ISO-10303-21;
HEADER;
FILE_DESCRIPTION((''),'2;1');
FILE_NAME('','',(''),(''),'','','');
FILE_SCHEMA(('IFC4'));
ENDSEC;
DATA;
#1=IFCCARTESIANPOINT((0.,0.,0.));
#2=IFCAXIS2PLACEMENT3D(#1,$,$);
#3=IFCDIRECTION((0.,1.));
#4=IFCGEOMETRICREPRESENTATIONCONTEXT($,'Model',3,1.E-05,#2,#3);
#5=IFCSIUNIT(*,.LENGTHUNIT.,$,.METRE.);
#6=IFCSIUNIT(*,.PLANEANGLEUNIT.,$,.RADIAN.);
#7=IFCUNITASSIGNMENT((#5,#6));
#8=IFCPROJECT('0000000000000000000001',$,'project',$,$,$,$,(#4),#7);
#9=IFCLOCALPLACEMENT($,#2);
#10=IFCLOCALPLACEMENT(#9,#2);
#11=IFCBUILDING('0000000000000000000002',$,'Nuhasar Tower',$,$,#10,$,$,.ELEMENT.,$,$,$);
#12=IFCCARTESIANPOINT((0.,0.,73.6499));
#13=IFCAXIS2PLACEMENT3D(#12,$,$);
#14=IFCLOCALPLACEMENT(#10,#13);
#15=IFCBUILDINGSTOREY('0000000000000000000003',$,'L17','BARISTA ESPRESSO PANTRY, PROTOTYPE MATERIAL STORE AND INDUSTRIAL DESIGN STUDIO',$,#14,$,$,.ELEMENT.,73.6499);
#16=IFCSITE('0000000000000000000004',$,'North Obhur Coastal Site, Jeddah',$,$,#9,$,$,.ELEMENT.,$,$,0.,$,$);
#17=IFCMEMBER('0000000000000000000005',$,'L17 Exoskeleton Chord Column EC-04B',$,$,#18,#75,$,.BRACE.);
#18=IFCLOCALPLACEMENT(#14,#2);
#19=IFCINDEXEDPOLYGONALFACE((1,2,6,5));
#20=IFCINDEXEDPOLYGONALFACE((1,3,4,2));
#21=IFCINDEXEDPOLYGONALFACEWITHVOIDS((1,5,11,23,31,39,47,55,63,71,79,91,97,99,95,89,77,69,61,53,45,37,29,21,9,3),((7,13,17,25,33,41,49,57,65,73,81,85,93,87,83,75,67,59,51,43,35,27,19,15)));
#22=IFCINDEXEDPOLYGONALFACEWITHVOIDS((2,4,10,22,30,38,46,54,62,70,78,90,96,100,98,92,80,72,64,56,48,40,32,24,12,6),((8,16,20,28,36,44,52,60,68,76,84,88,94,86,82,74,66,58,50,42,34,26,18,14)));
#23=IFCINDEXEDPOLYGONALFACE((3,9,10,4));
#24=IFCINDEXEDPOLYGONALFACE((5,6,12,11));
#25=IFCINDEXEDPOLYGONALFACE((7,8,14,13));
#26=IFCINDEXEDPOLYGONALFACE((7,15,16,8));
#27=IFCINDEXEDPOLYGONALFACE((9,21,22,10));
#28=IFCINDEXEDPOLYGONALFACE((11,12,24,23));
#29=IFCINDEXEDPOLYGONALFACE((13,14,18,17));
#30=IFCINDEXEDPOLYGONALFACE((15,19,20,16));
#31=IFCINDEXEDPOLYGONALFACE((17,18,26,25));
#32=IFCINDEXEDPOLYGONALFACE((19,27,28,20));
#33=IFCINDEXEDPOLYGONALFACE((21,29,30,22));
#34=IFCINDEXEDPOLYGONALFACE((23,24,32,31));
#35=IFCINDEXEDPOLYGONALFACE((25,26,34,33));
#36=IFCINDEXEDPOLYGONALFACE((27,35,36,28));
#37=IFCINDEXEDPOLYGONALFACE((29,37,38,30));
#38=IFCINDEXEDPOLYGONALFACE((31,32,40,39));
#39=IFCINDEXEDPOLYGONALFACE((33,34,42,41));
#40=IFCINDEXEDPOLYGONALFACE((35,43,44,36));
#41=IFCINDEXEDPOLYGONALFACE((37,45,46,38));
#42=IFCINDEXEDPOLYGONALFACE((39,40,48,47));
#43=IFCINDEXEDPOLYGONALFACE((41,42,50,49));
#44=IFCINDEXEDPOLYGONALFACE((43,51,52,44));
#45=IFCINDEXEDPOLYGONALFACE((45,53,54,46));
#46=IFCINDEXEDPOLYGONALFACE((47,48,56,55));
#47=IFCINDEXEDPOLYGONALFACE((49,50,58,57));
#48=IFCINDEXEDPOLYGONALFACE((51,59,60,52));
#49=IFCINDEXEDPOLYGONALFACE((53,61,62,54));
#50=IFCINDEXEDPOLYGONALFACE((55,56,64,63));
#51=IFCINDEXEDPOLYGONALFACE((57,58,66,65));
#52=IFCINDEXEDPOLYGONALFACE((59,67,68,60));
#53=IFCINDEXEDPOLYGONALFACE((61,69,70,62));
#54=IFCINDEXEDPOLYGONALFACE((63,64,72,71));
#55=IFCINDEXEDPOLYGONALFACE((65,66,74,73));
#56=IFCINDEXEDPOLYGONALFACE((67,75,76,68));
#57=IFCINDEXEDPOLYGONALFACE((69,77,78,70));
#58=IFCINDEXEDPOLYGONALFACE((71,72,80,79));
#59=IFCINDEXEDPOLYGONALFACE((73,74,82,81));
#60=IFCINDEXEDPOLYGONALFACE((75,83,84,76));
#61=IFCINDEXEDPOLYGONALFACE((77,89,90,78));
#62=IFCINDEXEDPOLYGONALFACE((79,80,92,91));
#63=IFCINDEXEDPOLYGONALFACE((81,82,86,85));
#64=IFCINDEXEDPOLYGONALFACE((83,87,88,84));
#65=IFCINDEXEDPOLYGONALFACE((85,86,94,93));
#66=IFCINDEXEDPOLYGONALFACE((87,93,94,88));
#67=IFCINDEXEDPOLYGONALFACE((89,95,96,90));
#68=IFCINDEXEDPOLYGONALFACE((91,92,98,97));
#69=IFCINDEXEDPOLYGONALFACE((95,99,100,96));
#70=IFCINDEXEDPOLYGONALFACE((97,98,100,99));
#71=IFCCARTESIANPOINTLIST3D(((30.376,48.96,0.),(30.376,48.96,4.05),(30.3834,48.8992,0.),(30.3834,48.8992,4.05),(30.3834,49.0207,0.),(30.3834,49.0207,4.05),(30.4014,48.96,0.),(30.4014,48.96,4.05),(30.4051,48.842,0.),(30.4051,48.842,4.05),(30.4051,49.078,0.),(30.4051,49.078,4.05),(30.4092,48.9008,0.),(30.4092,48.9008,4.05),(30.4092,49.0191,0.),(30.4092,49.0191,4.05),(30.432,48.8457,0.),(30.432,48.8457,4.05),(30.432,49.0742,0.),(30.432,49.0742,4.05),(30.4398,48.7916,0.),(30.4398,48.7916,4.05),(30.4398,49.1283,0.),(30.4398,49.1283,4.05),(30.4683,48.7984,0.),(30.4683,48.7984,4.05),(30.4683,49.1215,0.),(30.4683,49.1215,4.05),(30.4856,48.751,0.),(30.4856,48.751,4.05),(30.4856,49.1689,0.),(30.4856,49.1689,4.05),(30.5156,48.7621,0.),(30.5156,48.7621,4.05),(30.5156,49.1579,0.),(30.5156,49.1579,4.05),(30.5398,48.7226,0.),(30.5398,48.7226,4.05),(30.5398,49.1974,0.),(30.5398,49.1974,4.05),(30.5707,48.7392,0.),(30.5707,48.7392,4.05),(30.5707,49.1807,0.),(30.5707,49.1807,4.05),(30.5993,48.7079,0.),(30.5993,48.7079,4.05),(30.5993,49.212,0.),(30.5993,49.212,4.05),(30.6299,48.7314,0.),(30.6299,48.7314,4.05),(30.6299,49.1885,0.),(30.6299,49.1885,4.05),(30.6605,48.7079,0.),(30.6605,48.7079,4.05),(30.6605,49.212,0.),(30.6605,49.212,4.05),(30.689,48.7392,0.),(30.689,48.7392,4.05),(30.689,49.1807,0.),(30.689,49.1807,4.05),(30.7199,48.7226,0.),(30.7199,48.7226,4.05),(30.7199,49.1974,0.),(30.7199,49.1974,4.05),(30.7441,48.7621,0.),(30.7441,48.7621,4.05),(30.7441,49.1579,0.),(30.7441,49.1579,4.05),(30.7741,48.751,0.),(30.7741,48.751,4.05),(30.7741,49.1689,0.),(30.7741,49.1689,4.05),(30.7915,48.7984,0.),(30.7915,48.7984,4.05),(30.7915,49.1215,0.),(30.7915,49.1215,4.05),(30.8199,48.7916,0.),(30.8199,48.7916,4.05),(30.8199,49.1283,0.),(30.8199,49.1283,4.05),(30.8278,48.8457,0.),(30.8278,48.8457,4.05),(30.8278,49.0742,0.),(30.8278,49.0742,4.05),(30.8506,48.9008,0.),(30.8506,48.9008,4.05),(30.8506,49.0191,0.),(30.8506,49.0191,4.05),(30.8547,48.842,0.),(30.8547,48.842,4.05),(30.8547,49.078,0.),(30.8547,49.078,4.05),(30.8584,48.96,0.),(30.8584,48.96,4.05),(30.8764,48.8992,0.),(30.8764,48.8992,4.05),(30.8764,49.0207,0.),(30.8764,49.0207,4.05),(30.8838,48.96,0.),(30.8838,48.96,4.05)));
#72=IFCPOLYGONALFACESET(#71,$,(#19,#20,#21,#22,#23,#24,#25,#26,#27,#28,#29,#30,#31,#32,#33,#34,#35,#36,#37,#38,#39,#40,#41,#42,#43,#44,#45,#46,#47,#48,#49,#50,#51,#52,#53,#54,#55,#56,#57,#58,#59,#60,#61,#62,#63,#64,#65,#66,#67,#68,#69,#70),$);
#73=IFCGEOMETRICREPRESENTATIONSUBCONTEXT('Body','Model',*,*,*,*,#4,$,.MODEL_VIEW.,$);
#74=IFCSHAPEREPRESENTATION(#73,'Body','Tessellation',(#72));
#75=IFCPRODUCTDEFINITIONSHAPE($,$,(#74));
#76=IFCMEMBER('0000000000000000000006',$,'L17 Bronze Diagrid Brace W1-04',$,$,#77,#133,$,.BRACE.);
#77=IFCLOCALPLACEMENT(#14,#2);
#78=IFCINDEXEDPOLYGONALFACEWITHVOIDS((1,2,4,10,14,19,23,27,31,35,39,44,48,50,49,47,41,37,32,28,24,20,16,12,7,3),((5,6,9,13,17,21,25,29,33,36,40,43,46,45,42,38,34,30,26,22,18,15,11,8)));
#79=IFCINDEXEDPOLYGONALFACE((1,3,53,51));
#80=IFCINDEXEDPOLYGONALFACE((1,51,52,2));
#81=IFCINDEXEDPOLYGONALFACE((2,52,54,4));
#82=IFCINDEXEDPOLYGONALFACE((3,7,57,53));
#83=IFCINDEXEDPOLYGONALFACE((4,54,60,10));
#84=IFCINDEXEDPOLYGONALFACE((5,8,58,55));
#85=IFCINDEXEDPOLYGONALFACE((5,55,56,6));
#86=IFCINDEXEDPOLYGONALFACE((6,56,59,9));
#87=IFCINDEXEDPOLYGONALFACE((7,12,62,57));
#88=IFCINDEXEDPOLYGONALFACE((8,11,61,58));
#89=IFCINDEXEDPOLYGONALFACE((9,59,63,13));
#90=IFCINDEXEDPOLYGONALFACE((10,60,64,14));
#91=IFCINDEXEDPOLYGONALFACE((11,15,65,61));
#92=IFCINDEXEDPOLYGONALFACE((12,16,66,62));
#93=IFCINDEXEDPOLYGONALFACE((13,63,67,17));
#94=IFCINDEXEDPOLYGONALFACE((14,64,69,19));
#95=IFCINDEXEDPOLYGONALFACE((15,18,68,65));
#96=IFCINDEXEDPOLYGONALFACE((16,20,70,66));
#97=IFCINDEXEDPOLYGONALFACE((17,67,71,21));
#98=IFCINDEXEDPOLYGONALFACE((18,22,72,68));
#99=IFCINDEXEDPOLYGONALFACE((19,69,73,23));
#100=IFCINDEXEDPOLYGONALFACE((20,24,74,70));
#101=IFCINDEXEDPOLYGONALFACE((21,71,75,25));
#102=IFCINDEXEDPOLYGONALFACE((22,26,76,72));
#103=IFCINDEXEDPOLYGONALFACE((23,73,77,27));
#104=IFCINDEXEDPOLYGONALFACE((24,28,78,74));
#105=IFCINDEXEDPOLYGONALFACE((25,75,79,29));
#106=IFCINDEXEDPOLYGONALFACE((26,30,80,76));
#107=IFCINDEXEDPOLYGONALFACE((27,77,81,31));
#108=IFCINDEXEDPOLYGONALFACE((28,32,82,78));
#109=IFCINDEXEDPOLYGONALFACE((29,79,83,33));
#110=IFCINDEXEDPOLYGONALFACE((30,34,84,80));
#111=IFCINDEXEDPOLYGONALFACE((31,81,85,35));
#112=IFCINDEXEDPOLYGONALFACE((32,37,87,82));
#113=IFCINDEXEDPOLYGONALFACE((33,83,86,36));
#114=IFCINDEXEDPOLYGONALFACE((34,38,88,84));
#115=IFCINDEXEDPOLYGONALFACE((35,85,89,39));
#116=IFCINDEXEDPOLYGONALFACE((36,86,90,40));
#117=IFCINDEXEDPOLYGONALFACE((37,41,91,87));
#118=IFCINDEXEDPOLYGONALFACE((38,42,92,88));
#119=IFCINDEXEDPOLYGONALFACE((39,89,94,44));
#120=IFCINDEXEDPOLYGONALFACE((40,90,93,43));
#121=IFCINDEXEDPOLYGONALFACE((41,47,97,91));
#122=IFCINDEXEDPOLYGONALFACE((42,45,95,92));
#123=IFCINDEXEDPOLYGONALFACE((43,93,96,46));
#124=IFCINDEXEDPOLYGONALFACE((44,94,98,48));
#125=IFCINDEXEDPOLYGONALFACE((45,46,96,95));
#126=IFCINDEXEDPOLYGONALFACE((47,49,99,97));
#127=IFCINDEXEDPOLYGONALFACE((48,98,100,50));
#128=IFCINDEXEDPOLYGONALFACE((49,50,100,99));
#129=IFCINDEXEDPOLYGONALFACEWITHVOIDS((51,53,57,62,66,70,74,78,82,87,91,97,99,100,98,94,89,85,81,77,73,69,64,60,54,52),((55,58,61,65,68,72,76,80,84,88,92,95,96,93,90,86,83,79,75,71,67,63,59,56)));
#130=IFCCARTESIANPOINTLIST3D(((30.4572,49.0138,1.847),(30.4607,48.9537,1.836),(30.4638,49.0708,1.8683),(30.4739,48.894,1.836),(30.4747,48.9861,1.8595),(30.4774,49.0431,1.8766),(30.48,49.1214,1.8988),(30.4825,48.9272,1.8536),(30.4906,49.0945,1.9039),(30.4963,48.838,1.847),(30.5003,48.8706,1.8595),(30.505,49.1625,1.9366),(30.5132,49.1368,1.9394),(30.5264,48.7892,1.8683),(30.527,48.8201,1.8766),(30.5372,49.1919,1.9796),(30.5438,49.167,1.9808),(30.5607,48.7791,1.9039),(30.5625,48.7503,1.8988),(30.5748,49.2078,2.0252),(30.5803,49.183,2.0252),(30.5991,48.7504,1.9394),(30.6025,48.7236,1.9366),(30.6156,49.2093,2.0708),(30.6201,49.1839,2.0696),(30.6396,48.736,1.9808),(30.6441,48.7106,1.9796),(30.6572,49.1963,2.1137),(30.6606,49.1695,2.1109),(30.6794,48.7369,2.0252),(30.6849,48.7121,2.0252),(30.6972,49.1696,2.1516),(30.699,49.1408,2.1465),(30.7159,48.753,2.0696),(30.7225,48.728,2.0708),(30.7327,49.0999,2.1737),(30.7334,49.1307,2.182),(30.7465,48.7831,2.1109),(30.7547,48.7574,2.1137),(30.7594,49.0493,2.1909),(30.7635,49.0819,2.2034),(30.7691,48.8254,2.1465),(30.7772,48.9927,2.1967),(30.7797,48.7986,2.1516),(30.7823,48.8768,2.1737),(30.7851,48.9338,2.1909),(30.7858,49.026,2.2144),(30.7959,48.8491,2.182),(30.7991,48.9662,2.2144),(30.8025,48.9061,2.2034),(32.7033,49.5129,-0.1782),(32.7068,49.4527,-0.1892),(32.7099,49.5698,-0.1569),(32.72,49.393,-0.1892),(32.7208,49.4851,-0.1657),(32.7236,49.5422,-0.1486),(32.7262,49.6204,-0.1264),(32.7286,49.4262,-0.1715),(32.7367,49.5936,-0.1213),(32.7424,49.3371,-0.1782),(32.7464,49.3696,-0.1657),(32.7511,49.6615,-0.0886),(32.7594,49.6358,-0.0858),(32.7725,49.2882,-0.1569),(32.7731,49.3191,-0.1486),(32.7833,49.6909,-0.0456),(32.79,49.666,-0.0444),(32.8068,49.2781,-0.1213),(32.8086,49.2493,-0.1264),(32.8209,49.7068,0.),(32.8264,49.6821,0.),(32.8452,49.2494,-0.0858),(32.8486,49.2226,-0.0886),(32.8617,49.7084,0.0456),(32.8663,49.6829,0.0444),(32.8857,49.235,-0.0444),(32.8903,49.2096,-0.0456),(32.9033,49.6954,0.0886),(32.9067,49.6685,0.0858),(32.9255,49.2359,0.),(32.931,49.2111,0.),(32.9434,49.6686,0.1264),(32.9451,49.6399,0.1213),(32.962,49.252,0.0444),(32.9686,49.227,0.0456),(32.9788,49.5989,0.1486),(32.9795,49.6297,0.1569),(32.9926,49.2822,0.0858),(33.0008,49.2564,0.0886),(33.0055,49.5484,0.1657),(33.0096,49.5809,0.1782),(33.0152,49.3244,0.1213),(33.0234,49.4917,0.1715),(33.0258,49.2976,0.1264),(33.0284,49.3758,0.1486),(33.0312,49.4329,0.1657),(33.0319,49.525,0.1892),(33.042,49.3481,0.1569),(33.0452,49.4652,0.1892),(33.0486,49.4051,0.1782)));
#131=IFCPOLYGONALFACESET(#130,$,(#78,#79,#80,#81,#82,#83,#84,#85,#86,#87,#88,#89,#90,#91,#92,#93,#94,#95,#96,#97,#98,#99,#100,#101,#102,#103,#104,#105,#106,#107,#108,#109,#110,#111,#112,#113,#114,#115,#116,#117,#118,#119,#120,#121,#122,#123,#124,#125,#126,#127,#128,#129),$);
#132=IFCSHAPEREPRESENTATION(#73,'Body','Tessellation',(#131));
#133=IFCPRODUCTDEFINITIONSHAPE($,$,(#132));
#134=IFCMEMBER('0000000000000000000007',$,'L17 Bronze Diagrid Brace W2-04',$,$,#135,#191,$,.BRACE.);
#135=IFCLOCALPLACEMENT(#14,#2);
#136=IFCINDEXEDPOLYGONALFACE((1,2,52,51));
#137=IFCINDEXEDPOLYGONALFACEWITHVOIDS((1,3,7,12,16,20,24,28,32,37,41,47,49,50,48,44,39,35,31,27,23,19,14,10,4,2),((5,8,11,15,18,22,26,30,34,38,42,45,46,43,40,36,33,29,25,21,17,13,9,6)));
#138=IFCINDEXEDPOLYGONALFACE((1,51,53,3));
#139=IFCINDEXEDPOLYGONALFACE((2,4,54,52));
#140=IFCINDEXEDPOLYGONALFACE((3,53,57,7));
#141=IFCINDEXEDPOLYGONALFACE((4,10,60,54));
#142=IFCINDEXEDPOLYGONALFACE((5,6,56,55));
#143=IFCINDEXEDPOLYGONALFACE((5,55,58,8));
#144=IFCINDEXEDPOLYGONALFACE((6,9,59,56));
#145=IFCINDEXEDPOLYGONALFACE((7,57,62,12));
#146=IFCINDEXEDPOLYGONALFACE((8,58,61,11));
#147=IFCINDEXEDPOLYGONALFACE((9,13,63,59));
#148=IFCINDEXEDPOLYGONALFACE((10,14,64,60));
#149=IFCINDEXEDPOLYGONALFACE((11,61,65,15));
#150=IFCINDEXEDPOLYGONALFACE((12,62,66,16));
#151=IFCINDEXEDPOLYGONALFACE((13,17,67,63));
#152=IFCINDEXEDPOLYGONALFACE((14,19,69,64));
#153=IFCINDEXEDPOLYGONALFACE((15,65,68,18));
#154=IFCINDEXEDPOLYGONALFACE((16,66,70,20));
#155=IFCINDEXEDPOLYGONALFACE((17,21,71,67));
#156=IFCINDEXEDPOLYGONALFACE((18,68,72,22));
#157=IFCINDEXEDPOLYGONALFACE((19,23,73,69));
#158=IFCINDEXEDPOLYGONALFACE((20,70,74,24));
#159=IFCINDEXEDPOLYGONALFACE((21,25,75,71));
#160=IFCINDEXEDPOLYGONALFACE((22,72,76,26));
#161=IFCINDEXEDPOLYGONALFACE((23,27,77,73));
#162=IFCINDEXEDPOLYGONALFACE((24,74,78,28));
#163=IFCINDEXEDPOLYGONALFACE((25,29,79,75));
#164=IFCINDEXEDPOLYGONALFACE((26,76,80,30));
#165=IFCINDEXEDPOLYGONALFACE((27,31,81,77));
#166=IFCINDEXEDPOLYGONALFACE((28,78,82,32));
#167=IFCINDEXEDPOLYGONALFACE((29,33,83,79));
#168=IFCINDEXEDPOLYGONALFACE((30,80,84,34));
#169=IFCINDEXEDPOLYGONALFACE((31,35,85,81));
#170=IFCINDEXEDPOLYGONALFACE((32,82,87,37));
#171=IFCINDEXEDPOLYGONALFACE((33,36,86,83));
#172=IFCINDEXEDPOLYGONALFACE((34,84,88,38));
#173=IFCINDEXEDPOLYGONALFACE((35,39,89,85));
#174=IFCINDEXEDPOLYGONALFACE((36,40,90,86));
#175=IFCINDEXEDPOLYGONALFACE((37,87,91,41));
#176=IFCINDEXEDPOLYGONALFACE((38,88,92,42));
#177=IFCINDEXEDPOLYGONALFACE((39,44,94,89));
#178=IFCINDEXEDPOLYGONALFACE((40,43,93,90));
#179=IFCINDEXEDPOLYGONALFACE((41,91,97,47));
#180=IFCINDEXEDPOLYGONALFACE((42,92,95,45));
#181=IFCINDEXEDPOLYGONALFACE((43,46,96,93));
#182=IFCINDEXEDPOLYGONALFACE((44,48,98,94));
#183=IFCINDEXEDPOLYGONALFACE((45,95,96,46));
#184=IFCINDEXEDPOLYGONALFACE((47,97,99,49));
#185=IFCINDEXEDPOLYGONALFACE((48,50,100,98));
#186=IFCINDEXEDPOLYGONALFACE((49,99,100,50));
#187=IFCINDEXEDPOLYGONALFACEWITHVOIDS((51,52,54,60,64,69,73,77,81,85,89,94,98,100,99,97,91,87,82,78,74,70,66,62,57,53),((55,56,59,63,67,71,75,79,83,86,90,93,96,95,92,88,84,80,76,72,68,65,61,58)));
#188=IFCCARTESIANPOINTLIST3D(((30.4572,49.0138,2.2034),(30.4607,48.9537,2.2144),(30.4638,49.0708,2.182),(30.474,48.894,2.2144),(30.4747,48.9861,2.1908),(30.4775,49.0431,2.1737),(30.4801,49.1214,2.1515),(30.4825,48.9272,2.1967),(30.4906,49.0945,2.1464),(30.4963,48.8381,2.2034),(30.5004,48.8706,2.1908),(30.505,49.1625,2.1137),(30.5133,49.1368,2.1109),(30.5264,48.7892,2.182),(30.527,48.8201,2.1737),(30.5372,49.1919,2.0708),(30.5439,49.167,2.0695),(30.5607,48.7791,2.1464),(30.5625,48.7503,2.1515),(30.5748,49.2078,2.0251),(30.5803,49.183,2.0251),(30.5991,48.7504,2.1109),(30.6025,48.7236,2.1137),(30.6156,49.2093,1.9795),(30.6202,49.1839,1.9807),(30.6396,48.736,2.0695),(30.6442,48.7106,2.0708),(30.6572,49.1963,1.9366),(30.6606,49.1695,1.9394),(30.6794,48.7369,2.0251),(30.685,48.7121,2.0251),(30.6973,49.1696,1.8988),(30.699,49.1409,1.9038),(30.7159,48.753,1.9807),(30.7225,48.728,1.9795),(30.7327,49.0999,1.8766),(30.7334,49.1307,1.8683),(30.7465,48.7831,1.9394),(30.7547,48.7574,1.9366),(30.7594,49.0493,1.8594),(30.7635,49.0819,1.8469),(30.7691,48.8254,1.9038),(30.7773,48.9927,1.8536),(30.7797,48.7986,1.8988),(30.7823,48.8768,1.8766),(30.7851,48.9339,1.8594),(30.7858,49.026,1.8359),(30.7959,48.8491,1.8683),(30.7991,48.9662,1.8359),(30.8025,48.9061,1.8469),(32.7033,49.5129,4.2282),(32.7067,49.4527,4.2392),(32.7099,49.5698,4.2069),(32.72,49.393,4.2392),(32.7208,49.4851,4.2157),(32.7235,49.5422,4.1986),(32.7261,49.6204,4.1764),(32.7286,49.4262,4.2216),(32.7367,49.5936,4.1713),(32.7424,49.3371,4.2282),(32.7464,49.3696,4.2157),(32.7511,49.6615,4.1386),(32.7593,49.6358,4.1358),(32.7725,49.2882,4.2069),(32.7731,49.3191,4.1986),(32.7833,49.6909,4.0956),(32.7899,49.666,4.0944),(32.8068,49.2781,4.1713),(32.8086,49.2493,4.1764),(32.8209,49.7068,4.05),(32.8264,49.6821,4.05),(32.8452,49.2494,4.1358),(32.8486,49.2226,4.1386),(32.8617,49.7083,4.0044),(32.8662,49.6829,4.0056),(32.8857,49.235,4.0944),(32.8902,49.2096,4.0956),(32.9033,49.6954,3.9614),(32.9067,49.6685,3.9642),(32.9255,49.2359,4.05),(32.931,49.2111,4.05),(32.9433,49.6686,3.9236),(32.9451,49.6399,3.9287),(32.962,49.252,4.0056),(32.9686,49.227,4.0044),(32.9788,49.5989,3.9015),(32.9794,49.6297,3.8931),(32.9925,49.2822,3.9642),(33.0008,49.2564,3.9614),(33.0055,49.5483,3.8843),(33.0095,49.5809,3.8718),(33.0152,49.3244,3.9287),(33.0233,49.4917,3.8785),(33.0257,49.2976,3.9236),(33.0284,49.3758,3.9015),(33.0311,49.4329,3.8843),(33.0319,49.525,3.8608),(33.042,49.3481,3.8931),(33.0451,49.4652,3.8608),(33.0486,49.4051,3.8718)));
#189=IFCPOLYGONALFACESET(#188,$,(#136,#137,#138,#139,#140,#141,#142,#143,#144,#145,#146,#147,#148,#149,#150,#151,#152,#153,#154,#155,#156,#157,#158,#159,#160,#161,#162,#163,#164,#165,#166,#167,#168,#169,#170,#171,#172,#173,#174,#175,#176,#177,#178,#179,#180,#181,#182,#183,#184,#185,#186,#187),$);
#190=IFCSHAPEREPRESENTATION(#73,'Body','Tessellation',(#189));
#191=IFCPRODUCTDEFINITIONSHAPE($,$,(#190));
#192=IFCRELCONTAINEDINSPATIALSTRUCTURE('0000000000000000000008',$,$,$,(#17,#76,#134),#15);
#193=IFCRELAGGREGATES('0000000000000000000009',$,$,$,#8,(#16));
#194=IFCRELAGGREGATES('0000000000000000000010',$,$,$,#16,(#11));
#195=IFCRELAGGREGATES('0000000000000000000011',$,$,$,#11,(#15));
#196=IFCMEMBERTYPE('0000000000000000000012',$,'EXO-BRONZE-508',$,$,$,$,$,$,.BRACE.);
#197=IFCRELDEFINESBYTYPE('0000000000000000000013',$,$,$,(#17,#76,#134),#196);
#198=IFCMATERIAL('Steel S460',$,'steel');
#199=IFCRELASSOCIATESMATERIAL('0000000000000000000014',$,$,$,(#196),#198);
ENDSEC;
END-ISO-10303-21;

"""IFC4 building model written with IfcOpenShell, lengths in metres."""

from ifc_helpers import new_model, si_unit, direction, frame, origin, origin_2d, place, context, subcontext, project, spatial, hollow_circle, extrude, material, material_profile, profile_set, type_object, element, save


model = new_model("IFC4")

# Units and contexts
model_context = context("Model", 3, precision=1e-05, world=origin(), true_north=direction((0.0, 1.0)))
body_context = subcontext(model_context, "Body", "Model", "MODEL_VIEW")
ifc_project = project(units=[si_unit("LENGTHUNIT", "METRE"), si_unit("PLANEANGLEUNIT", "RADIAN")], contexts=[model_context])

# Site, building, storey
site_placement = place(None, origin())
site = spatial("IfcSite", under=ifc_project, at=site_placement, Name="North Obhur Coastal Site, Jeddah", CompositionType="ELEMENT", RefElevation=0.0)
building_placement = place(site_placement, origin())
building = spatial("IfcBuilding", under=site, at=building_placement, Name="Nuhasar Tower", CompositionType="ELEMENT")
storey_placement = place(building_placement, frame((0.0, 0.0, 73.6499)))
storey = spatial("IfcBuildingStorey", under=building, at=storey_placement, Name="L17", Description="BARISTA ESPRESSO PANTRY, PROTOTYPE MATERIAL STORE AND INDUSTRIAL DESIGN STUDIO", CompositionType="ELEMENT", Elevation=73.6499)

# Members
ifc_material_1 = material(Name="Steel S460", Category="steel")
ifc_material_profile_1 = material_profile(ifc_material_1, hollow_circle(Radius=0.2539, WallThickness=0.0254, at=origin_2d()), Name="HSS508X25.4")
ifc_profile_set_1 = profile_set([ifc_material_profile_1], Name="Steel S460")
member_type_1 = type_object("IfcMemberType", Name="EXO-BRONZE-508", PredefinedType="BRACE", material=ifc_profile_set_1)
for number, where, z_axis, x_axis, name in (
    (1, (30.6299, 48.96, 0.0), (0.0, 0.0, 1.0), (1.0, 0.0, 0.0), "L17 Exoskeleton Chord Column EC-04B"),
):
    element("IfcMember", number, at=place(storey_placement, frame(where, z_axis=z_axis, x_axis=x_axis)), inside=storey, type_object=member_type_1, Name=name, PredefinedType="BRACE", context=body_context, shape_type="SweptSolid", body=[
        extrude(hollow_circle(Radius=0.2539, WallThickness=0.0254, at=origin_2d()), origin(), (0.0, 0.0, 1.0), 4.05),
    ])
member_1_placement = place(storey_placement, frame((32.876, 49.459, 0.0), z_axis=(-0.732783, -0.162805, 0.660699), x_axis=(0.216886, -0.976197, 0.0)))
element("IfcMember", 2, at=member_1_placement, inside=storey, type_object=member_type_1, Name="L17 Bronze Diagrid Brace W1-04", PredefinedType="BRACE", context=body_context, shape_type="SweptSolid", body=[
    extrude(hollow_circle(Radius=0.2539, WallThickness=0.0254, at=origin_2d()), origin(), (0.0, 0.0, 1.0), 3.0652),
])
member_2_placement = place(storey_placement, frame((30.6299, 48.96, 2.0251), z_axis=(0.732821, 0.162814, 0.660654), x_axis=(-0.216886, 0.976197, 0.0)))
element("IfcMember", 3, at=member_2_placement, inside=storey, type_object=member_type_1, Name="L17 Bronze Diagrid Brace W2-04", PredefinedType="BRACE", context=body_context, shape_type="SweptSolid", body=[
    extrude(hollow_circle(Radius=0.2539, WallThickness=0.0254, at=origin_2d()), origin(), (0.0, 0.0, 1.0), 3.0649),
])

save(model, "model.ifc")
